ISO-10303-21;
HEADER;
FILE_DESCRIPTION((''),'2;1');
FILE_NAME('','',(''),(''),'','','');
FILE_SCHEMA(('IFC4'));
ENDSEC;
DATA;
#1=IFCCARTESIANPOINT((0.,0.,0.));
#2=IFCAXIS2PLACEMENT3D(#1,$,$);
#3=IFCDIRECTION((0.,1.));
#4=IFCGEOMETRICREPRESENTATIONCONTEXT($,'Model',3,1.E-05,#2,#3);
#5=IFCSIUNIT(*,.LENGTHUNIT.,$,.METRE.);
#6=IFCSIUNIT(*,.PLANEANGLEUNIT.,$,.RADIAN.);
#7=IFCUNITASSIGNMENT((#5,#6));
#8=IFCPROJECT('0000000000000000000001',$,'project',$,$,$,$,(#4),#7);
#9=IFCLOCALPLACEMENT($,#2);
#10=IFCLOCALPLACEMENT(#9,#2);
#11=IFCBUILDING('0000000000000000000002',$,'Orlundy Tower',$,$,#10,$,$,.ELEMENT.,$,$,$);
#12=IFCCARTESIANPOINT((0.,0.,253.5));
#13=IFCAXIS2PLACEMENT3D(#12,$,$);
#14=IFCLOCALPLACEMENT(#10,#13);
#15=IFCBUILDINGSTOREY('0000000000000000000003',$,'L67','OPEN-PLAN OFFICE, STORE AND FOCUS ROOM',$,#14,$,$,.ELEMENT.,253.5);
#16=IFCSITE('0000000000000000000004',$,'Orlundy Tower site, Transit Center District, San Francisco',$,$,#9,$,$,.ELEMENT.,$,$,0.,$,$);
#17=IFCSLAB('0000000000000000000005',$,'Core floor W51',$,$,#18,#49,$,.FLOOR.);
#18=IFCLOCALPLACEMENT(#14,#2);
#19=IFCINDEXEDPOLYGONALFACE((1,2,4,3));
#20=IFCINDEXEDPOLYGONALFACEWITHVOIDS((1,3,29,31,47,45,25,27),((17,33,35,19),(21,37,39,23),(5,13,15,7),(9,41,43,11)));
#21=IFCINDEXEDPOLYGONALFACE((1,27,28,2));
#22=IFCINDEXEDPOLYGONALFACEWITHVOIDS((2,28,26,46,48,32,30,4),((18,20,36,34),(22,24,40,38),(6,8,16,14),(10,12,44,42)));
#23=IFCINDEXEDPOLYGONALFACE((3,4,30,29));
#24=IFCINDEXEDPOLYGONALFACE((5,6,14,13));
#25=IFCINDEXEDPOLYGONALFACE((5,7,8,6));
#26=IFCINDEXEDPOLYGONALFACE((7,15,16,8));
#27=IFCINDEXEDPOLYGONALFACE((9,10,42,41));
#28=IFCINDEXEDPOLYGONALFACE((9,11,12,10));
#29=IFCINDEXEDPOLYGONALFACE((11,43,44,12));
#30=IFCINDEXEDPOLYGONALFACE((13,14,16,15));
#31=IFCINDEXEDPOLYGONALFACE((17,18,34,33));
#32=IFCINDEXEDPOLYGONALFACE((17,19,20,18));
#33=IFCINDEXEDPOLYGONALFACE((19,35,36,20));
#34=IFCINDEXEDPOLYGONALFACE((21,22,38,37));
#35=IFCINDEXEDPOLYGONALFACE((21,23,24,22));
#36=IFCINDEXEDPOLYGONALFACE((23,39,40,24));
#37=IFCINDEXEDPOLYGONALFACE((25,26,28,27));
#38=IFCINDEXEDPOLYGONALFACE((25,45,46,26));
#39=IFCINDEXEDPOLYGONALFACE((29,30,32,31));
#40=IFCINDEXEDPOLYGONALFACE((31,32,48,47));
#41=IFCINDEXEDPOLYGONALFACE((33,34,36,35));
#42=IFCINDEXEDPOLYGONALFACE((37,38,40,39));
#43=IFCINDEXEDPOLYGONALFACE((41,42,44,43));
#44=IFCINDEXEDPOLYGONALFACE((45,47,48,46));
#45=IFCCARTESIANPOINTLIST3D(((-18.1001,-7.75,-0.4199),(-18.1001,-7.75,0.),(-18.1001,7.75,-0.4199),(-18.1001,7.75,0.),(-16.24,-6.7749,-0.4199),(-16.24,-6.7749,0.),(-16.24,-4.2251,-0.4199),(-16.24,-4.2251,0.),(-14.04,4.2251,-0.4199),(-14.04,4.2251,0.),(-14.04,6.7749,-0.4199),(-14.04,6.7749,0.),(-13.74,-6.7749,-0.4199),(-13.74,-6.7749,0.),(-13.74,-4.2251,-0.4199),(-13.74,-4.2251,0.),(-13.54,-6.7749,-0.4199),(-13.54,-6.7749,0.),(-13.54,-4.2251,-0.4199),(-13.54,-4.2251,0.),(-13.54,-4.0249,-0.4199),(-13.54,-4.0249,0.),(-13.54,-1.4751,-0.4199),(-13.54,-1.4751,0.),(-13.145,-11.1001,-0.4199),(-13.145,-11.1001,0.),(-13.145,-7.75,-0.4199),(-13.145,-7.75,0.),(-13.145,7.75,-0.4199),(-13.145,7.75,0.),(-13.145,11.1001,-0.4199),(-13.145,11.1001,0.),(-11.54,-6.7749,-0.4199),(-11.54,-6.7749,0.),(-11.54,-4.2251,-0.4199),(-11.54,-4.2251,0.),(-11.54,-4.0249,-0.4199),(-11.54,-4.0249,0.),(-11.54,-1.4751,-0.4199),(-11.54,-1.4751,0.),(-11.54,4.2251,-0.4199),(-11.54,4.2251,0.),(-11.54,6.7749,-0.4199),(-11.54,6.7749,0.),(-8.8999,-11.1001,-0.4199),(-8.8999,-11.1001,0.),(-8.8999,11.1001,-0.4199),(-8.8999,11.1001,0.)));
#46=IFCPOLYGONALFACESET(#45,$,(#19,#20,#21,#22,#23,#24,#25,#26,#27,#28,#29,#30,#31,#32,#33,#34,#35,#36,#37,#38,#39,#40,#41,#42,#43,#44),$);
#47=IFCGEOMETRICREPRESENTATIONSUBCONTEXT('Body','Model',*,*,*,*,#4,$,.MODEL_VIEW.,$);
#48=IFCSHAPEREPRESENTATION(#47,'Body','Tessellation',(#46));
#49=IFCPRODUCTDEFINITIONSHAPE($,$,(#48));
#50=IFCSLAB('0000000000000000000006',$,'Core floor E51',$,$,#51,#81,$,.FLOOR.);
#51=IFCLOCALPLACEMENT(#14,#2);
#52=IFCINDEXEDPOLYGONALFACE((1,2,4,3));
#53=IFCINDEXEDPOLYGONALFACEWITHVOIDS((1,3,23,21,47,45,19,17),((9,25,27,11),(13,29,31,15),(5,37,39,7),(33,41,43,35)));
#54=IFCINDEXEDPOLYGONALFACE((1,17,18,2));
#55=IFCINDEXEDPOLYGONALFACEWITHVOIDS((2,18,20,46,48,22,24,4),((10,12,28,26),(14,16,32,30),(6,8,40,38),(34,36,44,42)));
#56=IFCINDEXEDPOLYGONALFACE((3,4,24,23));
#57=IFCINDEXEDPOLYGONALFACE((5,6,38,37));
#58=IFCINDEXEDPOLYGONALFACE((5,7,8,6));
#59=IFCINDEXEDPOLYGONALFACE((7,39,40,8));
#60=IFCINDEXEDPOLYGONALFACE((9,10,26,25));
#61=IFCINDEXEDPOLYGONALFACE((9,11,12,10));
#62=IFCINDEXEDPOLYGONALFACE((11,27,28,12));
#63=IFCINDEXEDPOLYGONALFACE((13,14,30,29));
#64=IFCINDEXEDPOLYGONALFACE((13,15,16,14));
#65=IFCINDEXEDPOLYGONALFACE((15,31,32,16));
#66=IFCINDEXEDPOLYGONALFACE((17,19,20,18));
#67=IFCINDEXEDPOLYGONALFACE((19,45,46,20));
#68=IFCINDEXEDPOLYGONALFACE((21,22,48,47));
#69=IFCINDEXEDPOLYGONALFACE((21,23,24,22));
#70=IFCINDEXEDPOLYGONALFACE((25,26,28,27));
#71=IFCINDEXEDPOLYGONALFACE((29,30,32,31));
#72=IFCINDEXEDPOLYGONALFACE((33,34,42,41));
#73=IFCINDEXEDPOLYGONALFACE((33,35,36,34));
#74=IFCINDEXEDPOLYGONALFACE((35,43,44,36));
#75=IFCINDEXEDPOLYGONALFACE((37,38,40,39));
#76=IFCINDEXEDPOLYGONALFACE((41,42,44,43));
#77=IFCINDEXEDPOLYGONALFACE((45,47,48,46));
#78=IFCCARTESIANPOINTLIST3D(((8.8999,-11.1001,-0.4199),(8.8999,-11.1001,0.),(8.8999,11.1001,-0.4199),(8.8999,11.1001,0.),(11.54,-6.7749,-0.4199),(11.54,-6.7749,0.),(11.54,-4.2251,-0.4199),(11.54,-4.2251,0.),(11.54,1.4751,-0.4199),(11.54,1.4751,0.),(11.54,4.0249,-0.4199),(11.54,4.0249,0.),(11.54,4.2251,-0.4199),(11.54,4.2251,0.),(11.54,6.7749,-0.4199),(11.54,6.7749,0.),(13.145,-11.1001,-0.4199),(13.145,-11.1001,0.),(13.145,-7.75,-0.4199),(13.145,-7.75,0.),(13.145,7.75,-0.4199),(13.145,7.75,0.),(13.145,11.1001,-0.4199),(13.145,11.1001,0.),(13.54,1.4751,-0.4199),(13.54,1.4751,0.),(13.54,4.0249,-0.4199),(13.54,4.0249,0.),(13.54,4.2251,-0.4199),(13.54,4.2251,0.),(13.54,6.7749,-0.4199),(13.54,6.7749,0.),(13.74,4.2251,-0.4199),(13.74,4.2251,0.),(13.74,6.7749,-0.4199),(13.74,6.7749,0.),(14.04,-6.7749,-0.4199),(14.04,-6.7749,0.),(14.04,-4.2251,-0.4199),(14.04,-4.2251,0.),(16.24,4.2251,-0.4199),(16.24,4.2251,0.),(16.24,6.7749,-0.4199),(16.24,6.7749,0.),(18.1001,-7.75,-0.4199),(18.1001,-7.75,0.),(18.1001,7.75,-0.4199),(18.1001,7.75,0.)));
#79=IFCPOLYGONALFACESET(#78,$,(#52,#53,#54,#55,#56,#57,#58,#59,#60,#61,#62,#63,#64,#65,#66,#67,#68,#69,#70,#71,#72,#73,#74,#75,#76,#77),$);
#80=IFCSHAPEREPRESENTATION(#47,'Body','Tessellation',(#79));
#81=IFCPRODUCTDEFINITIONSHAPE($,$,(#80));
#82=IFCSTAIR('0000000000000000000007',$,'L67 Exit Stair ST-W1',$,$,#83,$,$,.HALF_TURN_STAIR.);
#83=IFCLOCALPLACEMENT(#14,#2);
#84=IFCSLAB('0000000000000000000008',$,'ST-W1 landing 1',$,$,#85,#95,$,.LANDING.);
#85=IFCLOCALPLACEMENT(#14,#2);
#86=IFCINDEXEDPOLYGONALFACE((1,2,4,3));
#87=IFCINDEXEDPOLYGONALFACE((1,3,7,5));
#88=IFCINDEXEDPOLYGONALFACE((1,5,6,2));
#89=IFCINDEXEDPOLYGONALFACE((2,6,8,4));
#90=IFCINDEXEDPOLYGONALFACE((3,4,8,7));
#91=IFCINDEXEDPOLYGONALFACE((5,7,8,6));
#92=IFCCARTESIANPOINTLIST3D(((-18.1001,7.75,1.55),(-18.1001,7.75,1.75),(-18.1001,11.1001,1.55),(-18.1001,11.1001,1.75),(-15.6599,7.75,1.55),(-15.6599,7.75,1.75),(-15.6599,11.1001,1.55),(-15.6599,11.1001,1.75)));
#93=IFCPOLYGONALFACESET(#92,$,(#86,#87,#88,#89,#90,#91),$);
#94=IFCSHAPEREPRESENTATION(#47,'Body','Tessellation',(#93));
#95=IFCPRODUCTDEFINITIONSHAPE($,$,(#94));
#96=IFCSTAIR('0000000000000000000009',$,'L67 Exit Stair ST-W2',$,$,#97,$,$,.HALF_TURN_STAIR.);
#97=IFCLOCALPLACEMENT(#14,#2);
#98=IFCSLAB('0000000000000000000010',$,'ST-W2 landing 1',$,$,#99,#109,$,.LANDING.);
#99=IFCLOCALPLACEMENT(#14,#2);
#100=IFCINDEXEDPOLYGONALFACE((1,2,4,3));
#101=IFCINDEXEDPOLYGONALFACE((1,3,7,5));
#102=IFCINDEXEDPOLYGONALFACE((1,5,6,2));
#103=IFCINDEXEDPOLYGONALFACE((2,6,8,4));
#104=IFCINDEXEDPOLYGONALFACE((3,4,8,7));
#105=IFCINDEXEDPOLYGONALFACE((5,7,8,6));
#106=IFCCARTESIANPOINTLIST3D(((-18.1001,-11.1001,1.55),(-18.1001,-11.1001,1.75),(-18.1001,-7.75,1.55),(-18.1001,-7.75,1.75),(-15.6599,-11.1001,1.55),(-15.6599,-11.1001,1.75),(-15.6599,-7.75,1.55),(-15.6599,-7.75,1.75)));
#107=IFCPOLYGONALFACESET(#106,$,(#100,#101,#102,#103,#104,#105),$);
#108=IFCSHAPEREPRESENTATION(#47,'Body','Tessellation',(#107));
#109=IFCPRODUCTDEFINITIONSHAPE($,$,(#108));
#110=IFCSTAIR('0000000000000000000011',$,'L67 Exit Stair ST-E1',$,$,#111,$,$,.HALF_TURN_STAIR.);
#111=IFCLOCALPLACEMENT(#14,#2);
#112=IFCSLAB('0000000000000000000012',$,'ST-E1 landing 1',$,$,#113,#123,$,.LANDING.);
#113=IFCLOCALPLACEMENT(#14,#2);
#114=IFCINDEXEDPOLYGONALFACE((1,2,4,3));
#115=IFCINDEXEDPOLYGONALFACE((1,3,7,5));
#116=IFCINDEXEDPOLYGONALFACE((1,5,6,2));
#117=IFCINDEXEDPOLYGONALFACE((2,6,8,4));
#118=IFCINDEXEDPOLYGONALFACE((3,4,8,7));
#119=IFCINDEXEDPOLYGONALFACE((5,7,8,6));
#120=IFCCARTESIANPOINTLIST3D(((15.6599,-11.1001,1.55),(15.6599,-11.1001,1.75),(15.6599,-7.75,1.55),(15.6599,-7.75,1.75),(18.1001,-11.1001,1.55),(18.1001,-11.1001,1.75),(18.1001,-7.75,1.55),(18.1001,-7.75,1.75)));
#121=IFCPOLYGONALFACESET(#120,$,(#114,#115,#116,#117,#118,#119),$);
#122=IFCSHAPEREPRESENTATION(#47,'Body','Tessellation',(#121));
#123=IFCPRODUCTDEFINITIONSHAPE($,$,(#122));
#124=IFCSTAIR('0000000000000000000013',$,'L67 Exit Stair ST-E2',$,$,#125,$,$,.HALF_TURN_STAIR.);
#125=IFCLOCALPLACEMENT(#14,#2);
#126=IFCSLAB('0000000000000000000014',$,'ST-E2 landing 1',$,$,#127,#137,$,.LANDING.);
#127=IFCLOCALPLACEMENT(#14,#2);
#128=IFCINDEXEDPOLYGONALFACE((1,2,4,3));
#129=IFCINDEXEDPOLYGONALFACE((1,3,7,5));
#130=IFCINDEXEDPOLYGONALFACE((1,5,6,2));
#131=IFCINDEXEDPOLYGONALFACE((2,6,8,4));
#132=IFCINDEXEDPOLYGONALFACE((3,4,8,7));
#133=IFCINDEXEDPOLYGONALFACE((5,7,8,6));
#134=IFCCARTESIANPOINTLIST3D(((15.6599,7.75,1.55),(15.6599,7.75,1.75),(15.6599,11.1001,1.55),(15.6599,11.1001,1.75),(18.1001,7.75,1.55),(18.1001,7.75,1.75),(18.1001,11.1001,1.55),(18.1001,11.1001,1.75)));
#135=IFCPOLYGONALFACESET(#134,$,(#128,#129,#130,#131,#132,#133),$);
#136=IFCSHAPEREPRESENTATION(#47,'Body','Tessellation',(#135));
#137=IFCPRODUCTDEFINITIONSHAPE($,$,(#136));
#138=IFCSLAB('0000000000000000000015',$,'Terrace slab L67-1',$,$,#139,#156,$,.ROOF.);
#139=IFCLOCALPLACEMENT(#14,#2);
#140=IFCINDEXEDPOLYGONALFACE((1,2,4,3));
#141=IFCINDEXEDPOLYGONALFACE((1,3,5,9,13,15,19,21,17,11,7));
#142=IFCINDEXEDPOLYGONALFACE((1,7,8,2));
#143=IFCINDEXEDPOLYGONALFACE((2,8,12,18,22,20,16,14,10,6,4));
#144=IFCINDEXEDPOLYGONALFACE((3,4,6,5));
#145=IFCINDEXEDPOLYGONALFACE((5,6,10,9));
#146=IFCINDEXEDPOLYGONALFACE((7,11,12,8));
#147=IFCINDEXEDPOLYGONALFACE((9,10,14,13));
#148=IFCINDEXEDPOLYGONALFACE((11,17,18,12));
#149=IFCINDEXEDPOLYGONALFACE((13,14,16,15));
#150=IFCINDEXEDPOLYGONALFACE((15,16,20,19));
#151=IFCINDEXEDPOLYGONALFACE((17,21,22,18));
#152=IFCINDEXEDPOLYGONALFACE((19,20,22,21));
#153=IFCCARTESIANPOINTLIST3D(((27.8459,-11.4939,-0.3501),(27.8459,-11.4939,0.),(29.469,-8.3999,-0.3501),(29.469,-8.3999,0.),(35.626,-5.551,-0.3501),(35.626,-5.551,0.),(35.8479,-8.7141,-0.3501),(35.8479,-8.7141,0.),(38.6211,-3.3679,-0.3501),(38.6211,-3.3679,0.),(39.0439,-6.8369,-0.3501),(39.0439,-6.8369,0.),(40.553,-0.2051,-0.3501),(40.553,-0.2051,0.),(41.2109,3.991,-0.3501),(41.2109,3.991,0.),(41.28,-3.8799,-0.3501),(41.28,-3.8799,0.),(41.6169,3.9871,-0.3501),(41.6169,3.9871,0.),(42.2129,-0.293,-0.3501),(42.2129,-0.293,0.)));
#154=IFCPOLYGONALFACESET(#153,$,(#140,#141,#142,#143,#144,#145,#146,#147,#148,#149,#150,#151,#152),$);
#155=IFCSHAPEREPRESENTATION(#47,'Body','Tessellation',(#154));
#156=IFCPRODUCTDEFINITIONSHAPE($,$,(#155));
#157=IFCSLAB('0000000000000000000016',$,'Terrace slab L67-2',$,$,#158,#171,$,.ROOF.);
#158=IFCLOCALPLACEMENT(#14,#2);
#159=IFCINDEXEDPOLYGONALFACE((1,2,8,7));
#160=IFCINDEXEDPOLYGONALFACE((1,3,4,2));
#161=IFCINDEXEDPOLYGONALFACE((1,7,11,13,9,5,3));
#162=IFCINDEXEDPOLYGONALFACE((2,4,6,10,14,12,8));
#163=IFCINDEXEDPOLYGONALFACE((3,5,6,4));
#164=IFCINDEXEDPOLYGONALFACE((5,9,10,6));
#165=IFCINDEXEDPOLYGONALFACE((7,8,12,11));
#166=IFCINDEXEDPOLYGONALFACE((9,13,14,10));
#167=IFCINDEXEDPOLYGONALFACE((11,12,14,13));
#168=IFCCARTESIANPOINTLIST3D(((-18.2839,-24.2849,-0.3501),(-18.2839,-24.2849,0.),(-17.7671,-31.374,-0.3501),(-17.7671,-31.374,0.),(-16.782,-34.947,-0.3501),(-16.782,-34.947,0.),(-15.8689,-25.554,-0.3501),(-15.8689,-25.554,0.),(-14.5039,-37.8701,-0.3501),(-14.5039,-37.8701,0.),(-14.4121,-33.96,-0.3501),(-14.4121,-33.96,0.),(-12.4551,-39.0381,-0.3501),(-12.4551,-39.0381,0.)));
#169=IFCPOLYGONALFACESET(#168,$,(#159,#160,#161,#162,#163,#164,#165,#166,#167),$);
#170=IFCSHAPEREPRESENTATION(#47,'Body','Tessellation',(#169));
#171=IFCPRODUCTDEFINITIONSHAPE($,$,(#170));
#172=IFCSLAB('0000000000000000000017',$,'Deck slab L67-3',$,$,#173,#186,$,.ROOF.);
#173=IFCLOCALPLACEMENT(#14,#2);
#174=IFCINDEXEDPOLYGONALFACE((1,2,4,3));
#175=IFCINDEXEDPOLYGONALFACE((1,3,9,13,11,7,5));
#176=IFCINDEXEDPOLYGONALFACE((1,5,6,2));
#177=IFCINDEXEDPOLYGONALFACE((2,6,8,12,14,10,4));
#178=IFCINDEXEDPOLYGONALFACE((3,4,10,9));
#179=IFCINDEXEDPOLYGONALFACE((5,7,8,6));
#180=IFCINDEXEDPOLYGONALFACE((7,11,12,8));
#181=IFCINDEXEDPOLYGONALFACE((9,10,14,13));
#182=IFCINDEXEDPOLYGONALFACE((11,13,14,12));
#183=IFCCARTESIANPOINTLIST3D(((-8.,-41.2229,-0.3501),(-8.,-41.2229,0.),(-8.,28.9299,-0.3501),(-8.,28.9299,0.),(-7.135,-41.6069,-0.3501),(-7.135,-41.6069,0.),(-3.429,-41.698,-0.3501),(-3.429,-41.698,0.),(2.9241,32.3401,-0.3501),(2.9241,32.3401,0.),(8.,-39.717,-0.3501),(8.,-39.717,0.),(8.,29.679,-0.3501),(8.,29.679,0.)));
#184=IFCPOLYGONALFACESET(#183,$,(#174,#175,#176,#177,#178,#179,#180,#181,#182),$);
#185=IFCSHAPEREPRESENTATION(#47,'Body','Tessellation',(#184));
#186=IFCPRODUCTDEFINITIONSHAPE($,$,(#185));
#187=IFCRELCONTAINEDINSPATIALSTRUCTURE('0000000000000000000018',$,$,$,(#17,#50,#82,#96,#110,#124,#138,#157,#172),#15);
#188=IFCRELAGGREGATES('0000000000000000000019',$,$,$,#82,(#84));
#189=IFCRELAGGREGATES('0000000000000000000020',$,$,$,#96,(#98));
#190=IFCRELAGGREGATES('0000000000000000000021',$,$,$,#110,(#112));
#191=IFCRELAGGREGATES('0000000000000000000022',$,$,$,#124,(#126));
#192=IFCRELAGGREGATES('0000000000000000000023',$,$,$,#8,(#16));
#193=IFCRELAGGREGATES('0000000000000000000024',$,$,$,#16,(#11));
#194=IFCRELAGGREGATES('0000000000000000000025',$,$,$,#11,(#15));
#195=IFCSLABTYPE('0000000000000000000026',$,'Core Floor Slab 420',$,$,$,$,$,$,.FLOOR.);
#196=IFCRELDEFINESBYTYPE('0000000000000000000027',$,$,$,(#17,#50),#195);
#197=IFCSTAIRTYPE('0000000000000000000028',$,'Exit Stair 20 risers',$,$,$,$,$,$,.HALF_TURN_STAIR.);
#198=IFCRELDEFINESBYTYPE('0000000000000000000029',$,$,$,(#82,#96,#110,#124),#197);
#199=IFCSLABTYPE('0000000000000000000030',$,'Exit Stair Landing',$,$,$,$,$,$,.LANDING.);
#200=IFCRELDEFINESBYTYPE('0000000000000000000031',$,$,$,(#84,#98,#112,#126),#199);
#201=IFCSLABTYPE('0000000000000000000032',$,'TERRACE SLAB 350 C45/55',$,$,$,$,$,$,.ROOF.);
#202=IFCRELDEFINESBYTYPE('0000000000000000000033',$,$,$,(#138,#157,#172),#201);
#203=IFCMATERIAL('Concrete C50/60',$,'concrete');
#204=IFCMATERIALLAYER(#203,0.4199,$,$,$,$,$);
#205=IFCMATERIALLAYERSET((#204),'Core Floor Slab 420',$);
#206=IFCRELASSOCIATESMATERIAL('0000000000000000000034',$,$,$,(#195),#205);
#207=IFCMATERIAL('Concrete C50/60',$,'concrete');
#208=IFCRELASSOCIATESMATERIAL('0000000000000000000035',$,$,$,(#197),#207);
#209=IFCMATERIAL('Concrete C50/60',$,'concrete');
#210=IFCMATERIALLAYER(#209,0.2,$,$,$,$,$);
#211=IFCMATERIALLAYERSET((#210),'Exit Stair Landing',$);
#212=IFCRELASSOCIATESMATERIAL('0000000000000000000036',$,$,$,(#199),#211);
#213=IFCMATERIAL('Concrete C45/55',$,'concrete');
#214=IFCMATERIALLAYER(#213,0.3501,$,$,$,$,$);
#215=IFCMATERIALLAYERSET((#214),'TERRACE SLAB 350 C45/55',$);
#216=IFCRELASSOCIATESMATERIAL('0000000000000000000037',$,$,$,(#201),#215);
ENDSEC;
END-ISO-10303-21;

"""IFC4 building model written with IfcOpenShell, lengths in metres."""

from ifc_helpers import new_model, si_unit, direction, frame, origin, place, context, subcontext, project, spatial, polyline, outline, extrude, material, layer, layer_set, type_object, element, aggregate, save


model = new_model("IFC4")

# Units and contexts
model_context = context("Model", 3, precision=1e-05, world=origin(), true_north=direction((0.0, 1.0)))
body_context = subcontext(model_context, "Body", "Model", "MODEL_VIEW")
ifc_project = project(units=[si_unit("LENGTHUNIT", "METRE"), si_unit("PLANEANGLEUNIT", "RADIAN")], contexts=[model_context])

# Site, building, storey
site_placement = place(None, origin())
site = spatial("IfcSite", under=ifc_project, at=site_placement, Name="Orlundy Tower site, Transit Center District, San Francisco", CompositionType="ELEMENT", RefElevation=0.0)
building_placement = place(site_placement, origin())
building = spatial("IfcBuilding", under=site, at=building_placement, Name="Orlundy Tower", CompositionType="ELEMENT")
storey_placement = place(building_placement, frame((0.0, 0.0, 253.5)))
storey = spatial("IfcBuildingStorey", under=building, at=storey_placement, Name="L67", Description="OPEN-PLAN OFFICE, STORE AND FOCUS ROOM", CompositionType="ELEMENT", Elevation=253.5)

# Slabs
ifc_material_1 = material(Name="Concrete C50/60", Category="concrete")
ifc_layer_1 = layer(ifc_material_1, 0.4199)
ifc_layer_set_1 = layer_set([ifc_layer_1], Name="Core Floor Slab 420")
slab_type_1 = type_object("IfcSlabType", Name="Core Floor Slab 420", PredefinedType="FLOOR", material=ifc_layer_set_1)
slab_1_placement = place(storey_placement, frame((0.0, 0.0, -0.4199)))
element("IfcSlab", 1, at=slab_1_placement, inside=storey, type_object=slab_type_1, Name="Core floor W51", PredefinedType="FLOOR", context=body_context, shape_type="SweptSolid", body=[
    extrude(outline(polyline([(-18.1001, 7.75), (-13.145, 7.75), (-13.145, 11.1001), (-8.8999, 11.1001), (-8.8999, -11.1001), (-13.145, -11.1001), (-13.145, -7.75), (-18.1001, -7.75), (-18.1001, 7.75)]), holes=[polyline([(-13.54, -4.2251), (-13.54, -6.7749), (-11.54, -6.7749), (-11.54, -4.2251), (-13.54, -4.2251)]), polyline([(-13.74, -4.2251), (-16.24, -4.2251), (-16.24, -6.7749), (-13.74, -6.7749), (-13.74, -4.2251)]), polyline([(-11.54, -4.0249), (-11.54, -1.4751), (-13.54, -1.4751), (-13.54, -4.0249), (-11.54, -4.0249)]), polyline([(-14.04, 4.2251), (-11.54, 4.2251), (-11.54, 6.7749), (-14.04, 6.7749), (-14.04, 4.2251)])]), origin(), (0.0, 0.0, 1.0), 0.4199),
])
slab_2_placement = place(storey_placement, frame((0.0, 0.0, -0.4199)))
element("IfcSlab", 2, at=slab_2_placement, inside=storey, type_object=slab_type_1, Name="Core floor E51", PredefinedType="FLOOR", context=body_context, shape_type="SweptSolid", body=[
    extrude(outline(polyline([(18.1001, -7.75), (13.145, -7.75), (13.145, -11.1001), (8.8999, -11.1001), (8.8999, 11.1001), (13.145, 11.1001), (13.145, 7.75), (18.1001, 7.75), (18.1001, -7.75)]), holes=[polyline([(13.54, 4.2251), (13.54, 6.7749), (11.54, 6.7749), (11.54, 4.2251), (13.54, 4.2251)]), polyline([(13.74, 4.2251), (16.24, 4.2251), (16.24, 6.7749), (13.74, 6.7749), (13.74, 4.2251)]), polyline([(11.54, 4.0249), (11.54, 1.4751), (13.54, 1.4751), (13.54, 4.0249), (11.54, 4.0249)]), polyline([(14.04, -4.2251), (11.54, -4.2251), (11.54, -6.7749), (14.04, -6.7749), (14.04, -4.2251)])]), origin(), (0.0, 0.0, 1.0), 0.4199),
])

# Stairs, slabs
ifc_material_2 = material(Name="Concrete C50/60", Category="concrete")
stair_type = type_object("IfcStairType", Name="Exit Stair 20 risers", PredefinedType="HALF_TURN_STAIR", material=ifc_material_2)
stair_1_placement = place(storey_placement, origin())
stair_1 = element("IfcStair", 3, at=stair_1_placement, inside=storey, type_object=stair_type, Name="L67 Exit Stair ST-W1", PredefinedType="HALF_TURN_STAIR")
ifc_material_3 = material(Name="Concrete C50/60", Category="concrete")
ifc_layer_2 = layer(ifc_material_3, 0.2)
ifc_layer_set_2 = layer_set([ifc_layer_2], Name="Exit Stair Landing")
slab_type_2 = type_object("IfcSlabType", Name="Exit Stair Landing", PredefinedType="LANDING", material=ifc_layer_set_2)
slab_3_placement = place(storey_placement, frame((0.0, 0.0, 1.55)))
slab_3 = element("IfcSlab", 4, at=slab_3_placement, type_object=slab_type_2, Name="ST-W1 landing 1", PredefinedType="LANDING", context=body_context, shape_type="SweptSolid", body=[
    extrude(outline(polyline([(-15.6599, 11.1001), (-18.1001, 11.1001), (-18.1001, 7.75), (-15.6599, 7.75), (-15.6599, 11.1001)])), origin(), (0.0, 0.0, 1.0), 0.2),
])
aggregate(stair_1, [slab_3])
stair_2_placement = place(storey_placement, origin())
stair_2 = element("IfcStair", 5, at=stair_2_placement, inside=storey, type_object=stair_type, Name="L67 Exit Stair ST-W2", PredefinedType="HALF_TURN_STAIR")
slab_4_placement = place(storey_placement, frame((0.0, 0.0, 1.55)))
slab_4 = element("IfcSlab", 6, at=slab_4_placement, type_object=slab_type_2, Name="ST-W2 landing 1", PredefinedType="LANDING", context=body_context, shape_type="SweptSolid", body=[
    extrude(outline(polyline([(-15.6599, -7.75), (-18.1001, -7.75), (-18.1001, -11.1001), (-15.6599, -11.1001), (-15.6599, -7.75)])), origin(), (0.0, 0.0, 1.0), 0.2),
])
aggregate(stair_2, [slab_4])
stair_3_placement = place(storey_placement, origin())
stair_3 = element("IfcStair", 7, at=stair_3_placement, inside=storey, type_object=stair_type, Name="L67 Exit Stair ST-E1", PredefinedType="HALF_TURN_STAIR")
slab_5_placement = place(storey_placement, frame((0.0, 0.0, 1.55)))
slab_5 = element("IfcSlab", 8, at=slab_5_placement, type_object=slab_type_2, Name="ST-E1 landing 1", PredefinedType="LANDING", context=body_context, shape_type="SweptSolid", body=[
    extrude(outline(polyline([(15.6599, -11.1001), (18.1001, -11.1001), (18.1001, -7.75), (15.6599, -7.75), (15.6599, -11.1001)])), origin(), (0.0, 0.0, 1.0), 0.2),
])
aggregate(stair_3, [slab_5])
stair_4_placement = place(storey_placement, origin())
stair_4 = element("IfcStair", 9, at=stair_4_placement, inside=storey, type_object=stair_type, Name="L67 Exit Stair ST-E2", PredefinedType="HALF_TURN_STAIR")
slab_6_placement = place(storey_placement, frame((0.0, 0.0, 1.55)))
slab_6 = element("IfcSlab", 10, at=slab_6_placement, type_object=slab_type_2, Name="ST-E2 landing 1", PredefinedType="LANDING", context=body_context, shape_type="SweptSolid", body=[
    extrude(outline(polyline([(15.6599, 7.75), (18.1001, 7.75), (18.1001, 11.1001), (15.6599, 11.1001), (15.6599, 7.75)])), origin(), (0.0, 0.0, 1.0), 0.2),
])
aggregate(stair_4, [slab_6])

# Slabs
ifc_material_4 = material(Name="Concrete C45/55", Category="concrete")
ifc_layer_3 = layer(ifc_material_4, 0.3501)
ifc_layer_set_3 = layer_set([ifc_layer_3], Name="TERRACE SLAB 350 C45/55")
slab_type_3 = type_object("IfcSlabType", Name="TERRACE SLAB 350 C45/55", PredefinedType="ROOF", material=ifc_layer_set_3)
slab_7_placement = place(storey_placement, frame((0.0, 0.0, -0.3501)))
element("IfcSlab", 11, at=slab_7_placement, inside=storey, type_object=slab_type_3, Name="Terrace slab L67-1", PredefinedType="ROOF", context=body_context, shape_type="SweptSolid", body=[
    extrude(outline(polyline([(27.8459, -11.4939), (29.469, -8.3999), (35.626, -5.551), (38.6211, -3.3679), (40.553, -0.2051), (41.2109, 3.991), (41.6169, 3.9871), (42.2129, -0.293), (41.28, -3.8799), (39.0439, -6.8369), (35.8479, -8.7141), (27.8459, -11.4939)])), origin(), (0.0, 0.0, 1.0), 0.3501),
])
slab_8_placement = place(storey_placement, frame((0.0, 0.0, -0.3501)))
element("IfcSlab", 12, at=slab_8_placement, inside=storey, type_object=slab_type_3, Name="Terrace slab L67-2", PredefinedType="ROOF", context=body_context, shape_type="SweptSolid", body=[
    extrude(outline(polyline([(-12.4551, -39.0381), (-14.5039, -37.8701), (-16.782, -34.947), (-17.7671, -31.374), (-18.2839, -24.2849), (-15.8689, -25.554), (-14.4121, -33.96), (-12.4551, -39.0381)])), origin(), (0.0, 0.0, 1.0), 0.3501),
])
slab_9_placement = place(storey_placement, frame((0.0, 0.0, -0.3501)))
element("IfcSlab", 13, at=slab_9_placement, inside=storey, type_object=slab_type_3, Name="Deck slab L67-3", PredefinedType="ROOF", context=body_context, shape_type="SweptSolid", body=[
    extrude(outline(polyline([(2.9241, 32.3401), (8.0, 29.679), (8.0, -39.717), (-3.429, -41.698), (-7.135, -41.6069), (-8.0, -41.2229), (-8.0, 28.9299), (2.9241, 32.3401)])), origin(), (0.0, 0.0, 1.0), 0.3501),
])

save(model, "model.ifc")
